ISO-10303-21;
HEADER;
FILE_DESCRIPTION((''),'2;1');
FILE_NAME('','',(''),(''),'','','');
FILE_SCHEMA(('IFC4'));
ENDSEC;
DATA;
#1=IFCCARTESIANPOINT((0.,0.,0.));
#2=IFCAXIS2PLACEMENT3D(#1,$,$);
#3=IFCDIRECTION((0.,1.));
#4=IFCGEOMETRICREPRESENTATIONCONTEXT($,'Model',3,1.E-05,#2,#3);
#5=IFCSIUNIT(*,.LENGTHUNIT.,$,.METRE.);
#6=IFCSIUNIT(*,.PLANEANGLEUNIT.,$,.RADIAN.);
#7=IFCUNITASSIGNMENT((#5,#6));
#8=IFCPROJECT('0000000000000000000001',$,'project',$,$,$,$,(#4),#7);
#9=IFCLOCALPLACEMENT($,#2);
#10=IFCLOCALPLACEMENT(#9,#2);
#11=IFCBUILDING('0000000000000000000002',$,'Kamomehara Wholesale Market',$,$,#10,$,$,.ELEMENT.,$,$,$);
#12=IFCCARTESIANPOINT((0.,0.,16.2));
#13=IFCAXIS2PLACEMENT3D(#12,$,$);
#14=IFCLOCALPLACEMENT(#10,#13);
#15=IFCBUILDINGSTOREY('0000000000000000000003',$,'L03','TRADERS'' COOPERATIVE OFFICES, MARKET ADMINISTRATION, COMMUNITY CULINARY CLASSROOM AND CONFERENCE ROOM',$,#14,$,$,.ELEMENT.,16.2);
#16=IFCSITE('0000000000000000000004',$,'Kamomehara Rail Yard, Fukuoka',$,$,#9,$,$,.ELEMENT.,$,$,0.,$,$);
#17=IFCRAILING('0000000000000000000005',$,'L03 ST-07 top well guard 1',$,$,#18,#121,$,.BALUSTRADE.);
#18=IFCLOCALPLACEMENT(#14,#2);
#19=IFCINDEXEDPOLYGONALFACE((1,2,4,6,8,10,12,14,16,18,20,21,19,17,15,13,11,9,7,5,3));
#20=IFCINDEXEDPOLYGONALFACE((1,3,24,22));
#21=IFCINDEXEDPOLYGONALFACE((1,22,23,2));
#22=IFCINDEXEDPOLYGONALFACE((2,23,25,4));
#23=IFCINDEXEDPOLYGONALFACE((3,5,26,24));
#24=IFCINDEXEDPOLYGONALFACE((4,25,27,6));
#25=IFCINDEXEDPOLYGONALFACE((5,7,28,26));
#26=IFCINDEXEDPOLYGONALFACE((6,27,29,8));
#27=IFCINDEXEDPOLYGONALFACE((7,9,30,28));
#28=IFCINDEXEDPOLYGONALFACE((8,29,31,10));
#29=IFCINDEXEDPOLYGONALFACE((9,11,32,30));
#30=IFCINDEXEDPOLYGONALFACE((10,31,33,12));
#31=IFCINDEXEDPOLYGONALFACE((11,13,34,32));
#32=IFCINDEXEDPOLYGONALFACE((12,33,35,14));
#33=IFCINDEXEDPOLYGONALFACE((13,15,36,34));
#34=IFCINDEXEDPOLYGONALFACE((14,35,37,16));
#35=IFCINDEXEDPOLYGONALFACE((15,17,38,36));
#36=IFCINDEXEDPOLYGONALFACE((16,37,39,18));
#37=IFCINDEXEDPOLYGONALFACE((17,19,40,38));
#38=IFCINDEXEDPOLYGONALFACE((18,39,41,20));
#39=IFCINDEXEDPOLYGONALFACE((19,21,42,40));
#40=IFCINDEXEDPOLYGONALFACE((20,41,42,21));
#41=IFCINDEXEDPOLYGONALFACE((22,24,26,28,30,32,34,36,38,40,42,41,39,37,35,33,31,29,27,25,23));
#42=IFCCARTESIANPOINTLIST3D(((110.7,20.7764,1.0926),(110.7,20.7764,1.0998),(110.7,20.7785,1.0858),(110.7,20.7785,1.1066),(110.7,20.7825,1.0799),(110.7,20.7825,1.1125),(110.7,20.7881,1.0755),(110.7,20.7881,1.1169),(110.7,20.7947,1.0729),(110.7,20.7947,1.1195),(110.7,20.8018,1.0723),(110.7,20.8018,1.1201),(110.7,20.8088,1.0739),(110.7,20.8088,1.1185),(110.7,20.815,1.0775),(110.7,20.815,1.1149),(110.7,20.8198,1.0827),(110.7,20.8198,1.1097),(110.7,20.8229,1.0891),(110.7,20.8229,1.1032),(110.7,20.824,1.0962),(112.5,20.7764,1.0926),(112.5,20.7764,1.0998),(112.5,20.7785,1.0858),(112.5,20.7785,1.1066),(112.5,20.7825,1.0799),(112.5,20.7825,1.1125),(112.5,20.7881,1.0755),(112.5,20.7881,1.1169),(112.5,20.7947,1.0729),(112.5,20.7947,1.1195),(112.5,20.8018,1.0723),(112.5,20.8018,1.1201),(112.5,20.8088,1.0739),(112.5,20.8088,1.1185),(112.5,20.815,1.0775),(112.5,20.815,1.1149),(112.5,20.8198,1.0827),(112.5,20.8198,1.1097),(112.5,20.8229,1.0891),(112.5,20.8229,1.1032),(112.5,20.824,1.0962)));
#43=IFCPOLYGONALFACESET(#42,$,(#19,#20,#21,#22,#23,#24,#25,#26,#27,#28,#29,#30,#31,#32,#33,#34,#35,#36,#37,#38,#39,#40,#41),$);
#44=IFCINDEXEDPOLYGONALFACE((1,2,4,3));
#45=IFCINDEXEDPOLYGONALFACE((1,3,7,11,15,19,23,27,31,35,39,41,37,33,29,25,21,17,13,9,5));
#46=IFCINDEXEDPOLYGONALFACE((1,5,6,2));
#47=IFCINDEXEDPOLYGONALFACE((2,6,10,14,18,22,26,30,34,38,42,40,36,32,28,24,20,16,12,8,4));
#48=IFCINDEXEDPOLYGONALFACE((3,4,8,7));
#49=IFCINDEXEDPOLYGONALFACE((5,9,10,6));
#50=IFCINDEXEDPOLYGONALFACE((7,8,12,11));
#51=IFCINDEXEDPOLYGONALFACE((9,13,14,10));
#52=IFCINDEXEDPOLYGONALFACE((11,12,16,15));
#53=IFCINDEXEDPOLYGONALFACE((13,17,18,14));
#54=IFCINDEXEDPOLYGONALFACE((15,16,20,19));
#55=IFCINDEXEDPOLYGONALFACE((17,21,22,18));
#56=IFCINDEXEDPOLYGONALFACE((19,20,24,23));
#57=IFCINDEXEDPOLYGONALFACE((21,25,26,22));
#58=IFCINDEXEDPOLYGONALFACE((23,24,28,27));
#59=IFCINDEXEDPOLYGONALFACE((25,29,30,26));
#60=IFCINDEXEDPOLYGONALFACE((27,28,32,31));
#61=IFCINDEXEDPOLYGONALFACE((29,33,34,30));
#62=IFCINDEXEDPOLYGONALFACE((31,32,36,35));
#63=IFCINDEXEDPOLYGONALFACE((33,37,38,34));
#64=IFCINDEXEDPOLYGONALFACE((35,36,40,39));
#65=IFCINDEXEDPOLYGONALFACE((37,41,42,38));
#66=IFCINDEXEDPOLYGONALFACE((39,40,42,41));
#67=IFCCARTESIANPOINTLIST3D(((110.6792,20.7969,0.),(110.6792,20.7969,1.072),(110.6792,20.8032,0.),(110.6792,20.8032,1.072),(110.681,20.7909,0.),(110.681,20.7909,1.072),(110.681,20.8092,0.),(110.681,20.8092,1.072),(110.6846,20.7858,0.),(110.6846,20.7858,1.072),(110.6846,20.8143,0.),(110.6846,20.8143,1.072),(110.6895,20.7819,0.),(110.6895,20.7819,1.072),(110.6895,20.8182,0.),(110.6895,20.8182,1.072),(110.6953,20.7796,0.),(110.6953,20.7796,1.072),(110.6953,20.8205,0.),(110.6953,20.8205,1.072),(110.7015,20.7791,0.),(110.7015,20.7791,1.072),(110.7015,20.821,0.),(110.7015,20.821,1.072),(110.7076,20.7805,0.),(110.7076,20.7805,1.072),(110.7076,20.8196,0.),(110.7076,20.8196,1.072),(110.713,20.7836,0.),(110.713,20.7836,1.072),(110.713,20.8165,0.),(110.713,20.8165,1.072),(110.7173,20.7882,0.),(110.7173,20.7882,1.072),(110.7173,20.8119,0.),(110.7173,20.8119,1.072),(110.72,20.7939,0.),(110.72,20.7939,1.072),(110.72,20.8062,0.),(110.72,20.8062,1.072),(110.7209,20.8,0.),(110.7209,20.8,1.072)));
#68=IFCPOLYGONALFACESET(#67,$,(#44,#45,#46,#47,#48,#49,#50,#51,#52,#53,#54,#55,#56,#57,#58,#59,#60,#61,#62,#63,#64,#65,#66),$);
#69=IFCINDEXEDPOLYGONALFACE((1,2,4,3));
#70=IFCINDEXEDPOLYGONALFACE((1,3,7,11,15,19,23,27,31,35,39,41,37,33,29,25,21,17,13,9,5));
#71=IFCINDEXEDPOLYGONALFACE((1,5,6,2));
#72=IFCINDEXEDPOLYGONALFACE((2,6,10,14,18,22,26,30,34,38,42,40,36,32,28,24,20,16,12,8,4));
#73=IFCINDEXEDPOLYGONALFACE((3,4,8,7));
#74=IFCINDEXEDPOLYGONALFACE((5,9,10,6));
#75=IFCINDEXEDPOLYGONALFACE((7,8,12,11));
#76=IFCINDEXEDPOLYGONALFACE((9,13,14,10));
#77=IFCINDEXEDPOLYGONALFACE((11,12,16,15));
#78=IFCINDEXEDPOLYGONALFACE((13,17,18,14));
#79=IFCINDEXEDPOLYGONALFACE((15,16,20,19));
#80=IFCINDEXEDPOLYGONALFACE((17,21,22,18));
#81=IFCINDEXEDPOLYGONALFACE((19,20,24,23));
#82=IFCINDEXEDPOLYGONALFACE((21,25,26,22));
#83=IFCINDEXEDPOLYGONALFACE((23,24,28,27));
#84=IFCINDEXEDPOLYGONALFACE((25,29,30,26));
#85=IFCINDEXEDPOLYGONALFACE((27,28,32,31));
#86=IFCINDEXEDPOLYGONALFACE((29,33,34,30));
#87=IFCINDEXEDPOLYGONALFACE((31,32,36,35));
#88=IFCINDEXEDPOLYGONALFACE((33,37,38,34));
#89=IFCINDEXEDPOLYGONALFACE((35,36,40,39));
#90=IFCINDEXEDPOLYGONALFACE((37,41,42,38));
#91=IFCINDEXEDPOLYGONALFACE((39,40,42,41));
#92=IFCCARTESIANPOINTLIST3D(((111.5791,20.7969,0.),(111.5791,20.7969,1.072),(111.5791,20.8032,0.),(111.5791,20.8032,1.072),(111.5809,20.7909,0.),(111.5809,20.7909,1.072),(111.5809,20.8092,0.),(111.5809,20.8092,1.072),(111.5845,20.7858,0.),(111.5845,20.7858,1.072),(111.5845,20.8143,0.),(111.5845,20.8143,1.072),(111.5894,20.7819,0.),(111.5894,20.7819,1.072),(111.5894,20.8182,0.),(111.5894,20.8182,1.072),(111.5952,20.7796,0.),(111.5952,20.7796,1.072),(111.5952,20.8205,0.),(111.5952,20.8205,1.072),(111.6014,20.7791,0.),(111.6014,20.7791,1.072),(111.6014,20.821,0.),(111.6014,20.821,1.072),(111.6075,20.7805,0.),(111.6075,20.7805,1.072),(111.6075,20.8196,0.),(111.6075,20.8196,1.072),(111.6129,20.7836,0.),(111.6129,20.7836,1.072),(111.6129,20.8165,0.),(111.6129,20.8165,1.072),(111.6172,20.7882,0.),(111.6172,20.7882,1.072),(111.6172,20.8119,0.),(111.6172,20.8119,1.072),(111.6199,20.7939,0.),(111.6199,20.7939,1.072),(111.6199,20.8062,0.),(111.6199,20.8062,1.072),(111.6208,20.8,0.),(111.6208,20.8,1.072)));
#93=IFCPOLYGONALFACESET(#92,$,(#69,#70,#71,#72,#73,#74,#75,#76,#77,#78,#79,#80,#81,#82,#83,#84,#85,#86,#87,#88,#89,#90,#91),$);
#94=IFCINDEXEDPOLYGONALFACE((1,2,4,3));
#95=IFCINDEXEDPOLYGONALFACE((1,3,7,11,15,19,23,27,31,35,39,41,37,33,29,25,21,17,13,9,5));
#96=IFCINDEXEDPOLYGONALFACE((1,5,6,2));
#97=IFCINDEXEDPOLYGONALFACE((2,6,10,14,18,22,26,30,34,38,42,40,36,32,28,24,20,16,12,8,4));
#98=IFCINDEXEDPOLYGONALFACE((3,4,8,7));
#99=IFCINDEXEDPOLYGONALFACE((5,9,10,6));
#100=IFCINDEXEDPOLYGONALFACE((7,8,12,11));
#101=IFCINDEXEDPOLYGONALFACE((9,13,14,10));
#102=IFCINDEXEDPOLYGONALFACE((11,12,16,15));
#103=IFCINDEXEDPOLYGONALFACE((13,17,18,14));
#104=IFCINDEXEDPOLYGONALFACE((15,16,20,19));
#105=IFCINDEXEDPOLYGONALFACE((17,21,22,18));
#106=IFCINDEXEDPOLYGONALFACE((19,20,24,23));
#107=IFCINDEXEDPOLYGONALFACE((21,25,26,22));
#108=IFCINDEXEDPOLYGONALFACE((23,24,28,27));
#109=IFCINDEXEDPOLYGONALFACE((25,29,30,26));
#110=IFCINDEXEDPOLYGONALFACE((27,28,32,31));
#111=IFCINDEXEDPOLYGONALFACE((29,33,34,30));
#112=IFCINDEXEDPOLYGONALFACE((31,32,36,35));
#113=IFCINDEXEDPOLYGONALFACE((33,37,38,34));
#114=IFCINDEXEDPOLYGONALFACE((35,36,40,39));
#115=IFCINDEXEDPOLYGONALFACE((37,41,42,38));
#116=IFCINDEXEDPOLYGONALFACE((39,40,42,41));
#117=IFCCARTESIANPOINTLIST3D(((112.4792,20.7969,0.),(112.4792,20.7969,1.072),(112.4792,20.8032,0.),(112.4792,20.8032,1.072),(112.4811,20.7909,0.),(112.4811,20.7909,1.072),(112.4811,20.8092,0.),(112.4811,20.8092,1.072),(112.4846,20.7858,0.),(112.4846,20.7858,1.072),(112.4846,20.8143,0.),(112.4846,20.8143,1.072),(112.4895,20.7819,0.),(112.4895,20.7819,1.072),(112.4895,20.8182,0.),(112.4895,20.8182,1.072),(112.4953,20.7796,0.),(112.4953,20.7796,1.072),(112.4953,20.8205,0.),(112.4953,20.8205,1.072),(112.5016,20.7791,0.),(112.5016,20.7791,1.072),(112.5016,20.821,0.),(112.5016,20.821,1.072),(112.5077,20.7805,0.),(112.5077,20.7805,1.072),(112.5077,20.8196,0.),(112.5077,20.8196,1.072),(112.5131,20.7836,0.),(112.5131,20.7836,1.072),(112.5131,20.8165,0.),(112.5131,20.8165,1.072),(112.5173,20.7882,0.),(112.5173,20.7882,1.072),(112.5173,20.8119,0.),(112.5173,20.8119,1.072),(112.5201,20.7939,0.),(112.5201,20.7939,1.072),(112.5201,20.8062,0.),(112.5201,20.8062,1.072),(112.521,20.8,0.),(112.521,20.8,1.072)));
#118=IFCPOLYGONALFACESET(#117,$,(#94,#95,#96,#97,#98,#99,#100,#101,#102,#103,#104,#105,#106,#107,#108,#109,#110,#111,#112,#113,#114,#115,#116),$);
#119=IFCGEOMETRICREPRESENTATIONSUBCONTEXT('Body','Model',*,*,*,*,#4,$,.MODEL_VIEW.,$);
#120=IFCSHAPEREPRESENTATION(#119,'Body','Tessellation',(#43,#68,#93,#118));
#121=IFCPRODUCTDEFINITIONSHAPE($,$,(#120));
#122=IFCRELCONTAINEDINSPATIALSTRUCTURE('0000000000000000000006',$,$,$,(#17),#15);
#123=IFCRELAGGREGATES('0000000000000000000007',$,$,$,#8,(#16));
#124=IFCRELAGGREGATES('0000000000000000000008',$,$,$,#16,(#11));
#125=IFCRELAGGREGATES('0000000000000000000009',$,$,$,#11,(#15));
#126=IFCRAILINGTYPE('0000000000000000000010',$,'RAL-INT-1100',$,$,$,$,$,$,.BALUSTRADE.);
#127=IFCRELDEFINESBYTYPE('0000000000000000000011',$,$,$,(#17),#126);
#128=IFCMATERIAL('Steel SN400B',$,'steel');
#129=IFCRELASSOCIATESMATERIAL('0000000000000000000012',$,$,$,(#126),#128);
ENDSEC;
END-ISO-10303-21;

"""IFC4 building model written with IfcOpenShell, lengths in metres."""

from ifc_helpers import new_model, si_unit, direction, frame, origin, origin_2d, place, context, subcontext, project, spatial, circle, extrude, material, type_object, element, save


model = new_model("IFC4")

# Units and contexts
model_context = context("Model", 3, precision=1e-05, world=origin(), true_north=direction((0.0, 1.0)))
body_context = subcontext(model_context, "Body", "Model", "MODEL_VIEW")
ifc_project = project(units=[si_unit("LENGTHUNIT", "METRE"), si_unit("PLANEANGLEUNIT", "RADIAN")], contexts=[model_context])

# Site, building, storey
site_placement = place(None, origin())
site = spatial("IfcSite", under=ifc_project, at=site_placement, Name="Kamomehara Rail Yard, Fukuoka", CompositionType="ELEMENT", RefElevation=0.0)
building_placement = place(site_placement, origin())
building = spatial("IfcBuilding", under=site, at=building_placement, Name="Kamomehara Wholesale Market", CompositionType="ELEMENT")
storey_placement = place(building_placement, frame((0.0, 0.0, 16.2)))
storey = spatial("IfcBuildingStorey", under=building, at=storey_placement, Name="L03", Description="TRADERS' COOPERATIVE OFFICES, MARKET ADMINISTRATION, COMMUNITY CULINARY CLASSROOM AND CONFERENCE ROOM", CompositionType="ELEMENT", Elevation=16.2)

# Railing
ifc_material_1 = material(Name="Steel SN400B", Category="steel")
railing_type = type_object("IfcRailingType", Name="RAL-INT-1100", PredefinedType="BALUSTRADE", material=ifc_material_1)
railing_1_placement = place(storey_placement, frame((110.7, 20.8, 0.0)))
element("IfcRailing", 1, at=railing_1_placement, inside=storey, type_object=railing_type, Name="L03 ST-07 top well guard 1", PredefinedType="BALUSTRADE", context=body_context, shape_type="SweptSolid", body=[
    extrude(circle(Radius=0.0239, at=origin_2d()), frame((0.0, 0.0, 1.0962), z_axis=(1.0, 0.0, 0.0), x_axis=(0.0, 1.0, 0.0)), (0.0, 0.0, 1.0), 1.8),
    extrude(circle(Radius=0.021, at=origin_2d()), origin(), (0.0, 0.0, 1.0), 1.072),
    extrude(circle(Radius=0.021, at=origin_2d()), frame((0.8999, 0.0, 0.0)), (0.0, 0.0, 1.0), 1.072),
    extrude(circle(Radius=0.021, at=origin_2d()), frame((1.8, 0.0, 0.0)), (0.0, 0.0, 1.0), 1.072),
])

save(model, "model.ifc")
